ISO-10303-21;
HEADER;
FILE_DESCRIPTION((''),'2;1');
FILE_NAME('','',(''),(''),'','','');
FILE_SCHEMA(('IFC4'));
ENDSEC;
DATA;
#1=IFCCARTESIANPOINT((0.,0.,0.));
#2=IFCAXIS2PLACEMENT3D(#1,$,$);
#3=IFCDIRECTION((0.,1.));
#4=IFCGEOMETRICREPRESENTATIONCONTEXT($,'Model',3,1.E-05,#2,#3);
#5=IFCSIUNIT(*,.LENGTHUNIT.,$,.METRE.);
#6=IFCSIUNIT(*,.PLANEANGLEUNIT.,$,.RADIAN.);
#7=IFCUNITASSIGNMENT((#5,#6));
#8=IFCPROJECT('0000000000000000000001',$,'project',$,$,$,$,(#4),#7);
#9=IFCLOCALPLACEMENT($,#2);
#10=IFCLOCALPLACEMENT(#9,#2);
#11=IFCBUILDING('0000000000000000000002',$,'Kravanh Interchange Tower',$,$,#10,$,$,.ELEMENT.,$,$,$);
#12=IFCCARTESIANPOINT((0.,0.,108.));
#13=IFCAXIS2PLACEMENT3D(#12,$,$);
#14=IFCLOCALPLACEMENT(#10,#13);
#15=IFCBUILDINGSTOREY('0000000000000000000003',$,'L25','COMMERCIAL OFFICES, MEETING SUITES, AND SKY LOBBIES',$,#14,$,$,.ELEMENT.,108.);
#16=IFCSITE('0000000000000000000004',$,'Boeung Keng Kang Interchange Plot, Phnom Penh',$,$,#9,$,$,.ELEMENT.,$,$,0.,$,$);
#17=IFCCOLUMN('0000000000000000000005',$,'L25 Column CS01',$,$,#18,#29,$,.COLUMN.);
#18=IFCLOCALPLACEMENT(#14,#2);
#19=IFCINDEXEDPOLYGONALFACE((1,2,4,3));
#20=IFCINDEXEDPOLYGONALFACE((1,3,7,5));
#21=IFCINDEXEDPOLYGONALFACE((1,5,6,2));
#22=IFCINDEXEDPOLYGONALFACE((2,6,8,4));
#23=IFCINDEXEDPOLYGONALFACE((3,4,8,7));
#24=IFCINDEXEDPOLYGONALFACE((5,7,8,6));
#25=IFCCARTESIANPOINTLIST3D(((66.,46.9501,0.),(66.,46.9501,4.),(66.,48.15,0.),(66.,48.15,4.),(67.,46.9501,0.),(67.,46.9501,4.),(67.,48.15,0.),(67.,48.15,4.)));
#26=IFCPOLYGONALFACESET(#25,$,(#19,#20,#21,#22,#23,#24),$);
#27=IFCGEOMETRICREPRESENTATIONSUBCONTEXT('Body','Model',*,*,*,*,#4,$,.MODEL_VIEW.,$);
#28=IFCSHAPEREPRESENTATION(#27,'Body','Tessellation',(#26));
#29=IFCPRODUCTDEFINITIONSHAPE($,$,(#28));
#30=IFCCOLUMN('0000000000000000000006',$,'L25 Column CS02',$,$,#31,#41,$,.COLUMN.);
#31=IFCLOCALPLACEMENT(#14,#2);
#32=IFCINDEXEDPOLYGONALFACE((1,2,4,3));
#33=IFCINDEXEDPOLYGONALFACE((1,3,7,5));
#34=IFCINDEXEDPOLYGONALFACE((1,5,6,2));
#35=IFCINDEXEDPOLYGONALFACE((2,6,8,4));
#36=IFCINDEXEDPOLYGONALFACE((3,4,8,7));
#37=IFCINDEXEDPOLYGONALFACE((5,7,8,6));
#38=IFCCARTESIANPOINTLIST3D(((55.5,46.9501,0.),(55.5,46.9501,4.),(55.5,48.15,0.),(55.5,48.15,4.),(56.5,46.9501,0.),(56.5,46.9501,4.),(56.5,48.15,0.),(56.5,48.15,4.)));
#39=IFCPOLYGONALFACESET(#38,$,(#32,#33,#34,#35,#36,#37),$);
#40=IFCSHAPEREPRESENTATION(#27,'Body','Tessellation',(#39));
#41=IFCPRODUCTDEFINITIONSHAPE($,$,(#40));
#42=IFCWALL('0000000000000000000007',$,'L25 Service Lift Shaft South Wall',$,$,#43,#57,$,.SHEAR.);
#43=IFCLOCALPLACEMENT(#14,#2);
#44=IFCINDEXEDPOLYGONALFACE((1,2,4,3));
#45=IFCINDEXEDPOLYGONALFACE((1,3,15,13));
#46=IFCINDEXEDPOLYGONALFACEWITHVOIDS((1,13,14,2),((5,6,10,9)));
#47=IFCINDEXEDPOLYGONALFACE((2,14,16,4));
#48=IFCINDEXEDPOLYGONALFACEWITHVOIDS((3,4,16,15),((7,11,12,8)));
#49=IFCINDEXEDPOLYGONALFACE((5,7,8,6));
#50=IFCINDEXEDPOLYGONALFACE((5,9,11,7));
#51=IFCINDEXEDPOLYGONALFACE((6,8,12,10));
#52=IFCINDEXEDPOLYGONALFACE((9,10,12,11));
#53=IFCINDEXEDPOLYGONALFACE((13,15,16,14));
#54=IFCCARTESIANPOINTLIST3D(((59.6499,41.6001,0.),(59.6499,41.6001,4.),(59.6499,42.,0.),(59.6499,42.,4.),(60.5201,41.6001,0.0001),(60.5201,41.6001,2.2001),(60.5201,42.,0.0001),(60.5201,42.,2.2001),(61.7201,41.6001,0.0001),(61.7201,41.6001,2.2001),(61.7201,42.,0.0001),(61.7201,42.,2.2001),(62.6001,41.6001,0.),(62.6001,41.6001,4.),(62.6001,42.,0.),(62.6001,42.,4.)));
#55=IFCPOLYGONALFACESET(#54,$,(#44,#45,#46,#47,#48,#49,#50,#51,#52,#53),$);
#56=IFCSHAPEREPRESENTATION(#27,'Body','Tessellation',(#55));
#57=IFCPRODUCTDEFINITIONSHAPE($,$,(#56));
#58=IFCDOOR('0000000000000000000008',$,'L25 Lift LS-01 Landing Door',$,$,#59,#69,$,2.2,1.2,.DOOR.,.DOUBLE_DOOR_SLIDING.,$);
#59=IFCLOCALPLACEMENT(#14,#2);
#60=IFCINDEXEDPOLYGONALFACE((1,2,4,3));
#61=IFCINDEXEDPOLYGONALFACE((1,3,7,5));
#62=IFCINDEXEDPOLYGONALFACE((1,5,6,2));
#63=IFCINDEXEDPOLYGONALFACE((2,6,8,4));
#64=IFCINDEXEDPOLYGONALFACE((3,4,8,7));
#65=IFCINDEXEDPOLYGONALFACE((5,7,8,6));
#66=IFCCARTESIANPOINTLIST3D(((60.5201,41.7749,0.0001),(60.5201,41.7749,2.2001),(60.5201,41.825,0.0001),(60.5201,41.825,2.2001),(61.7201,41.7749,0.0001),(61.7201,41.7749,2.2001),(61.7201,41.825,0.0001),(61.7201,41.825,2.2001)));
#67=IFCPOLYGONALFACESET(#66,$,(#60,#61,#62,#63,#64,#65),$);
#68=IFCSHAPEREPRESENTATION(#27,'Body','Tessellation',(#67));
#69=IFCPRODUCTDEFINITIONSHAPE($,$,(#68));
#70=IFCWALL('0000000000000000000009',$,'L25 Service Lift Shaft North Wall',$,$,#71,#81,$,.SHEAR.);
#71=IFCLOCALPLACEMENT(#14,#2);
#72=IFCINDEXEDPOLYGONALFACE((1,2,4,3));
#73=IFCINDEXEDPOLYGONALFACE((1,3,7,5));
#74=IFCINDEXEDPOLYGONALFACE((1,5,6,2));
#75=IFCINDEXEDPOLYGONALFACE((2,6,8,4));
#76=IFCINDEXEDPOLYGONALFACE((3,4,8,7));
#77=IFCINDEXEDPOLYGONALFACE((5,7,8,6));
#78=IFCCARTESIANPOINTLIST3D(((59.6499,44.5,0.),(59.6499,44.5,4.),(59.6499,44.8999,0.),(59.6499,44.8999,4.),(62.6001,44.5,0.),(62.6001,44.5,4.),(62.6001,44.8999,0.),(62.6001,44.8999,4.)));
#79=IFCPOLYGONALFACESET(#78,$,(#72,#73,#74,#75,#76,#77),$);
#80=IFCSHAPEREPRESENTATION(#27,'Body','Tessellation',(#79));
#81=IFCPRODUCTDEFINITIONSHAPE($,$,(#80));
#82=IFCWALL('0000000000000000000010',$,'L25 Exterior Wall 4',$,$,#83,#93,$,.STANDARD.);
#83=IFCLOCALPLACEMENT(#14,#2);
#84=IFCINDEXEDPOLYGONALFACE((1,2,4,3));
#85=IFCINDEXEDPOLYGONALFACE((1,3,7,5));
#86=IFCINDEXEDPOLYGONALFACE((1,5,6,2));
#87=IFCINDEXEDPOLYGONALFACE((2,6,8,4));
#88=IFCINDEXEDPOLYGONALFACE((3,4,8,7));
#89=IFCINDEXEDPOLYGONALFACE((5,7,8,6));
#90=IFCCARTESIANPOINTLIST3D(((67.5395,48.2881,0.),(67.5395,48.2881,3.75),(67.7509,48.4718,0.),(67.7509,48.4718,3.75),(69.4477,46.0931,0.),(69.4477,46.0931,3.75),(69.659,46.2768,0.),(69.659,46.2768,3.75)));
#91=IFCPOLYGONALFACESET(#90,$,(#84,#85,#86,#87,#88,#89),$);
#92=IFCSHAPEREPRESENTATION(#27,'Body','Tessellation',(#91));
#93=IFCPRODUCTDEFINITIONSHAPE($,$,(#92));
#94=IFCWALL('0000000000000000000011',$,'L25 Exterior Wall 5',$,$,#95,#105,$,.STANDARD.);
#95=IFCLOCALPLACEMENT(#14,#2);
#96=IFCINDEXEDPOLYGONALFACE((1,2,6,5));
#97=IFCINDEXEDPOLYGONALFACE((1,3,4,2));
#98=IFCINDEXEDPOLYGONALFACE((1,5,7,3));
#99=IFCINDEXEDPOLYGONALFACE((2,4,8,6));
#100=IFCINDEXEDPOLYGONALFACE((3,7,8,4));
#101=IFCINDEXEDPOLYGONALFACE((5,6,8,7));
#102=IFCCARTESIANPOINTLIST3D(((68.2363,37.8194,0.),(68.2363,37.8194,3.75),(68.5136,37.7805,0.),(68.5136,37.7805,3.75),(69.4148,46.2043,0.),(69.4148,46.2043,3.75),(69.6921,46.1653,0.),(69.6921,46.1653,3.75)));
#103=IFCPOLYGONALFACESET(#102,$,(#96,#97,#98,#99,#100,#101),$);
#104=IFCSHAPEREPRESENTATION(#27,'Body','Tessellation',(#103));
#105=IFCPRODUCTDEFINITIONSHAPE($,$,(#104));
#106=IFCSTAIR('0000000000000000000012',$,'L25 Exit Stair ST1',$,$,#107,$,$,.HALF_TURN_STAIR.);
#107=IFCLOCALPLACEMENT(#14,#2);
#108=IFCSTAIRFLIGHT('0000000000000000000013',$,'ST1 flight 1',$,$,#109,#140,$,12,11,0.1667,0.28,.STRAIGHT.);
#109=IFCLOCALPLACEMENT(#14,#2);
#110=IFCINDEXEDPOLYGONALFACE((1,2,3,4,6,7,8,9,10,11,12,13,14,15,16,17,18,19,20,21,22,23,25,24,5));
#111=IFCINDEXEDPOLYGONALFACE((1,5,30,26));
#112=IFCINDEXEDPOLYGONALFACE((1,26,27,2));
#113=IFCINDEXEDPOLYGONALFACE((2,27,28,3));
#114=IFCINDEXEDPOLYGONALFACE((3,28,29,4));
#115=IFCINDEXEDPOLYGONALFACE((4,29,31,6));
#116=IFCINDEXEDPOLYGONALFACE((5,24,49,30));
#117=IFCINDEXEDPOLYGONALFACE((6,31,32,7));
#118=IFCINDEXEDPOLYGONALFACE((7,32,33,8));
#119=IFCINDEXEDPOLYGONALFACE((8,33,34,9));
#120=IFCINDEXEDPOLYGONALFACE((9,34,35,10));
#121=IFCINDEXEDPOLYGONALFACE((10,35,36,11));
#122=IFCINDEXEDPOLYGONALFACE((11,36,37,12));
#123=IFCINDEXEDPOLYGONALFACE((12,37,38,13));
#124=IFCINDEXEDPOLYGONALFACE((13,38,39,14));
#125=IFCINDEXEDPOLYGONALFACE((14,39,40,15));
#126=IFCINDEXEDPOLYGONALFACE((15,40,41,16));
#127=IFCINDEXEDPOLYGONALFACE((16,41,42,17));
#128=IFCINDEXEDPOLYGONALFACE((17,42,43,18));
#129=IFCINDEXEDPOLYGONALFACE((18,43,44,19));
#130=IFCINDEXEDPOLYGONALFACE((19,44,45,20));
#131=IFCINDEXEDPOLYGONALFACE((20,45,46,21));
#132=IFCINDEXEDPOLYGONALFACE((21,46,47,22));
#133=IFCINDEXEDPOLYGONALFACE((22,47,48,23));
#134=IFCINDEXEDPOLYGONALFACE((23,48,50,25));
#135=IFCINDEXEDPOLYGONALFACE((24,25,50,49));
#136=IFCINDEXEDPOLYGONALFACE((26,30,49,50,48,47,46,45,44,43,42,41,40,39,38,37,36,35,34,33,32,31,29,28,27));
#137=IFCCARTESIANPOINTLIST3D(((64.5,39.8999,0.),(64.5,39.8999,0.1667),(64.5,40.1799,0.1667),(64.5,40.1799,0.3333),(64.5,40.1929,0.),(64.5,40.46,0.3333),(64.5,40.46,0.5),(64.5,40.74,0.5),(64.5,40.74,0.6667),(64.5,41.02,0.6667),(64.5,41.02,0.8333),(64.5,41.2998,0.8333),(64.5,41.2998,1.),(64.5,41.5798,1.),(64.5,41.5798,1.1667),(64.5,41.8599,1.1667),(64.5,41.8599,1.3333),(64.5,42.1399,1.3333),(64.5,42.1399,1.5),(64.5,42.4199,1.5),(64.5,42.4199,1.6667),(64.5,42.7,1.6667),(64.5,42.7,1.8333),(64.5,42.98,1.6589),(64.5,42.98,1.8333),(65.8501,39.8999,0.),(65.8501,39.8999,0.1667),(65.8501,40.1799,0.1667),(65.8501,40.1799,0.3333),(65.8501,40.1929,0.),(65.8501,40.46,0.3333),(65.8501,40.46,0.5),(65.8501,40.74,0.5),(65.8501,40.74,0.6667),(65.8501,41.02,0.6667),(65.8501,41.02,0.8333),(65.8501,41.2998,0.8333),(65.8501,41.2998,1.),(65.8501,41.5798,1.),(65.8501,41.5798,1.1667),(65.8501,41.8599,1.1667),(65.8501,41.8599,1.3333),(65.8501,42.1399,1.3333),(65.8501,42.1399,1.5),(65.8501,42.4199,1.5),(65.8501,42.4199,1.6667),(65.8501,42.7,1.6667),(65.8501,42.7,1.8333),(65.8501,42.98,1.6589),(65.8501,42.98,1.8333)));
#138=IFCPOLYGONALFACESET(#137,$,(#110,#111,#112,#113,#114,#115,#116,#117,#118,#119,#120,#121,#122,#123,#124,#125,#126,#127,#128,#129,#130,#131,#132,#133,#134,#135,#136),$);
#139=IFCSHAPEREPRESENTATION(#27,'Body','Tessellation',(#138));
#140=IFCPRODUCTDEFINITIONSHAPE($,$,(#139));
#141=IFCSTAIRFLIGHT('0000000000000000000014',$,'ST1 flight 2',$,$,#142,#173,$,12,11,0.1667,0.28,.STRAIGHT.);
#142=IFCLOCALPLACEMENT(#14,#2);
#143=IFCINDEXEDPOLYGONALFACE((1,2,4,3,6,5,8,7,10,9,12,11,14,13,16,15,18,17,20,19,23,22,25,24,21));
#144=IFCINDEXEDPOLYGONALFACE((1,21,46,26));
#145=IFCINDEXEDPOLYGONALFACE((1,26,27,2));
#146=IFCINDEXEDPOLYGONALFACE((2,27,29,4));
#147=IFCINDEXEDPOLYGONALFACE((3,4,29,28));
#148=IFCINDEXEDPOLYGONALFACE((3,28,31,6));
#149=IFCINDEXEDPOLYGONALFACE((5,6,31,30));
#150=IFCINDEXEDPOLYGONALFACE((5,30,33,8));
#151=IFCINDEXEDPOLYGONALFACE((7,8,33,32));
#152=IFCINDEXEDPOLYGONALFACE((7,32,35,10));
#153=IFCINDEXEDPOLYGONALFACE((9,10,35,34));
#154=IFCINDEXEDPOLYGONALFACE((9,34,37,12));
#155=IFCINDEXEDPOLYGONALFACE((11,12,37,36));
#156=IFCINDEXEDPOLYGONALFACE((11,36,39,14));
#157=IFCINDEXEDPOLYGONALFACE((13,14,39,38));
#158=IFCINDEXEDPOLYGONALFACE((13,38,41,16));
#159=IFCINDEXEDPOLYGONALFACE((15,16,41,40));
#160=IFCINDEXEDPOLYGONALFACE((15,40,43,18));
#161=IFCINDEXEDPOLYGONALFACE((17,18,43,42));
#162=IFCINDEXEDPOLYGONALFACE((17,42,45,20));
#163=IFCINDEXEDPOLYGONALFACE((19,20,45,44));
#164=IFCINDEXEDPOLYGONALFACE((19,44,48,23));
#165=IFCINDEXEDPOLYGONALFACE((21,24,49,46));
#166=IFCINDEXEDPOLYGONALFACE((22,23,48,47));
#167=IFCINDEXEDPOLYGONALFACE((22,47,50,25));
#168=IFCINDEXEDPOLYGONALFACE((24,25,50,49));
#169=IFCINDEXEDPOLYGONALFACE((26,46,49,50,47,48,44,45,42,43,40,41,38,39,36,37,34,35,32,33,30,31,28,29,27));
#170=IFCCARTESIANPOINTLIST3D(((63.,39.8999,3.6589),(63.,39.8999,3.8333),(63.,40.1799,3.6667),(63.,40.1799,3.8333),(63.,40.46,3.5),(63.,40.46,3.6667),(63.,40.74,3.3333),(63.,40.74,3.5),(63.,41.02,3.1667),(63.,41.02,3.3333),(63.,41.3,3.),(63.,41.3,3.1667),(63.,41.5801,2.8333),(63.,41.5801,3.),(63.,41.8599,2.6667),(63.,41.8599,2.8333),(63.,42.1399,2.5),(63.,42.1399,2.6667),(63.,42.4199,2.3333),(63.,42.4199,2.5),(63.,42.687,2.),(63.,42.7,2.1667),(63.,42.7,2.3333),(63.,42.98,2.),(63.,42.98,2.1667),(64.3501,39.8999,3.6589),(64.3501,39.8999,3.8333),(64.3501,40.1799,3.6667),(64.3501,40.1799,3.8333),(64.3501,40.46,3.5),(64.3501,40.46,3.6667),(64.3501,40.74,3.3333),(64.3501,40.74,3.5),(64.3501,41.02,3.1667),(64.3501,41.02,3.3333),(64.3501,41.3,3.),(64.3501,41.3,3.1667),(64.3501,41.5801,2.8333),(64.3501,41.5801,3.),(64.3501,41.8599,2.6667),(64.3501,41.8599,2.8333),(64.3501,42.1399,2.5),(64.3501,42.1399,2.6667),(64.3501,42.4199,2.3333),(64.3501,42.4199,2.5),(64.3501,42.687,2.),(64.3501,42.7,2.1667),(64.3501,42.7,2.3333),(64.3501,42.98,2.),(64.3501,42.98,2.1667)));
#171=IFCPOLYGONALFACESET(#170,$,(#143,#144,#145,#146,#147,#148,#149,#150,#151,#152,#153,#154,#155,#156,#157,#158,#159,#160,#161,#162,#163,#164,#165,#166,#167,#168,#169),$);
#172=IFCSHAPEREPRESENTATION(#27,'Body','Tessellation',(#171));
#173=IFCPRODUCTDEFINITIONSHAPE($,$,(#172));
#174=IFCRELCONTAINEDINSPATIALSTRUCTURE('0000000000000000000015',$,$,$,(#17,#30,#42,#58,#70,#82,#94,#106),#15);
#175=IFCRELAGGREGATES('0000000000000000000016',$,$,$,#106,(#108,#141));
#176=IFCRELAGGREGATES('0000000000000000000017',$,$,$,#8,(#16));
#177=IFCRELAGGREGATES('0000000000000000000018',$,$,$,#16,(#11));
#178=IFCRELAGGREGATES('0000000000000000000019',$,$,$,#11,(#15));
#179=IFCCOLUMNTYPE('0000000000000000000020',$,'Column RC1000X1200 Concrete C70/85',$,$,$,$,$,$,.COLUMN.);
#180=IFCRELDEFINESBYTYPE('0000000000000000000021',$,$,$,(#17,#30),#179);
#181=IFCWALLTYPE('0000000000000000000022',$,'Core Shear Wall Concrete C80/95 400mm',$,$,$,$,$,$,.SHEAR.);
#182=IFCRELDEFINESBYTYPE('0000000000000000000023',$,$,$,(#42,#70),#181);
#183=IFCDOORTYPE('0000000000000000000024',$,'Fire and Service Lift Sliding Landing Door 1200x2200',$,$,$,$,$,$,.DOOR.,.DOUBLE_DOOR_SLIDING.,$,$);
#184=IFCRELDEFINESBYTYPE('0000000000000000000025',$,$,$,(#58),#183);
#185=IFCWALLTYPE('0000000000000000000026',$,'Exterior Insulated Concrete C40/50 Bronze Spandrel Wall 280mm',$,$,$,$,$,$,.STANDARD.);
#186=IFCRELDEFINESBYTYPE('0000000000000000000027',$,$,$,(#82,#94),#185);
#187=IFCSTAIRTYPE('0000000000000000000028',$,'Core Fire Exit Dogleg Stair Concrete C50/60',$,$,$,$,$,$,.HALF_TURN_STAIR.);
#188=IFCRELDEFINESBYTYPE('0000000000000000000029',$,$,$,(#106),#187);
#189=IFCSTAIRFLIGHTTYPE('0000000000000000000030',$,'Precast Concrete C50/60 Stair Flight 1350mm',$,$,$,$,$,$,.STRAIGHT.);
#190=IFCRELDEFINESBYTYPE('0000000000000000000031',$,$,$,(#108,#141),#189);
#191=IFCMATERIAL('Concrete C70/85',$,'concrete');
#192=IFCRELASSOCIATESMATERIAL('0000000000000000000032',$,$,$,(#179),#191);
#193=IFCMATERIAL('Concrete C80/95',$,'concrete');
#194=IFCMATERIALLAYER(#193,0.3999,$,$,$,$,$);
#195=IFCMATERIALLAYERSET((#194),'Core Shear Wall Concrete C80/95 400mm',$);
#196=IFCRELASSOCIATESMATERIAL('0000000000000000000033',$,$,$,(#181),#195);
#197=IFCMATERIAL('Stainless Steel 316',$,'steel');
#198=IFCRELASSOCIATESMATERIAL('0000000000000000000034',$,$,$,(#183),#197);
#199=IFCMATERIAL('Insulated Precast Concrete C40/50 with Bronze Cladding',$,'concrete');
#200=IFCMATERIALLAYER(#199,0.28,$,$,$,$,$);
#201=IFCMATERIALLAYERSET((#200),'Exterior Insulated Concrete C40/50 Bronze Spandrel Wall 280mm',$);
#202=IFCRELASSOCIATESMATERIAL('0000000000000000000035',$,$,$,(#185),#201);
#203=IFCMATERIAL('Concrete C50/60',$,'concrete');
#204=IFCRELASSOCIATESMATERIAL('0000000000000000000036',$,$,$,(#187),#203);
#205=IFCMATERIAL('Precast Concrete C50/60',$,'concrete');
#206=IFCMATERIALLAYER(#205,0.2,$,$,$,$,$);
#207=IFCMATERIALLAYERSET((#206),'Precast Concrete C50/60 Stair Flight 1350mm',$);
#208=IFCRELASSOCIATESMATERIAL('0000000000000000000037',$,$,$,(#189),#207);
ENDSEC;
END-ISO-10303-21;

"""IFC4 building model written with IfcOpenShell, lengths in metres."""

from ifc_helpers import new_model, si_unit, direction, frame, frame_2d, origin, origin_2d, place, context, subcontext, project, spatial, polyline, rectangle, outline, extrude, material, layer, layer_set, material_profile, profile_set, type_object, element, fill, aggregate, save


model = new_model("IFC4")

# Units and contexts
model_context = context("Model", 3, precision=1e-05, world=origin(), true_north=direction((0.0, 1.0)))
body_context = subcontext(model_context, "Body", "Model", "MODEL_VIEW")
ifc_project = project(units=[si_unit("LENGTHUNIT", "METRE"), si_unit("PLANEANGLEUNIT", "RADIAN")], contexts=[model_context])

# Site, building, storey
site_placement = place(None, origin())
site = spatial("IfcSite", under=ifc_project, at=site_placement, Name="Boeung Keng Kang Interchange Plot, Phnom Penh", CompositionType="ELEMENT", RefElevation=0.0)
building_placement = place(site_placement, origin())
building = spatial("IfcBuilding", under=site, at=building_placement, Name="Kravanh Interchange Tower", CompositionType="ELEMENT")
storey_placement = place(building_placement, frame((0.0, 0.0, 108.0)))
storey = spatial("IfcBuildingStorey", under=building, at=storey_placement, Name="L25", Description="COMMERCIAL OFFICES, MEETING SUITES, AND SKY LOBBIES", CompositionType="ELEMENT", Elevation=108.0)

# Columns
ifc_material_1 = material(Name="Concrete C70/85", Category="concrete")
ifc_material_profile = material_profile(ifc_material_1, rectangle(XDim=1.0, YDim=1.2, at=origin_2d()), Name="RC1000X1200")
ifc_profile_set = profile_set([ifc_material_profile], Name="Concrete C70/85")
column_type = type_object("IfcColumnType", Name="Column RC1000X1200 Concrete C70/85", PredefinedType="COLUMN", material=ifc_profile_set)
for number, where, z_axis, x_axis, name in (
    (1, (66.5, 47.55, 0.0), (0.0, 0.0, 1.0), (1.0, 0.0, 0.0), "L25 Column CS01"),
    (2, (56.0, 47.55, 0.0), (0.0, 0.0, 1.0), (1.0, 0.0, 0.0), "L25 Column CS02"),
):
    element("IfcColumn", number, at=place(storey_placement, frame(where, z_axis=z_axis, x_axis=x_axis)), inside=storey, type_object=column_type, Name=name, PredefinedType="COLUMN", context=body_context, shape_type="SweptSolid", body=[
        extrude(rectangle(XDim=1.0, YDim=1.2, at=origin_2d()), origin(), (0.0, 0.0, 1.0), 4.0),
    ])

# Wall, opening, door
ifc_material_2 = material(Name="Concrete C80/95", Category="concrete")
ifc_layer_1 = layer(ifc_material_2, 0.3999)
ifc_layer_set_1 = layer_set([ifc_layer_1], Name="Core Shear Wall Concrete C80/95 400mm")
wall_type_1 = type_object("IfcWallType", Name="Core Shear Wall Concrete C80/95 400mm", PredefinedType="SHEAR", material=ifc_layer_set_1)
wall_1_placement = place(storey_placement, frame((59.6499, 41.8, 0.0), z_axis=(0.0, 0.0, 1.0), x_axis=(1.0, 0.0, 0.0)))
wall_1 = element("IfcWall", 3, at=wall_1_placement, inside=storey, type_object=wall_type_1, Name="L25 Service Lift Shaft South Wall", PredefinedType="SHEAR", context=body_context, shape_type="SweptSolid", body=[
    extrude(rectangle(XDim=2.9502, YDim=0.3999, at=frame_2d((1.4751, 0.0))), origin(), (0.0, 0.0, 1.0), 4.0),
])
opening_placement = place(wall_1_placement, frame((0.8701, 0.0, 0.0)))
opening = element("IfcOpeningElement", 4, at=opening_placement, cuts=wall_1, PredefinedType="OPENING", context=body_context, shape_type="SweptSolid", body=[
    extrude(rectangle(XDim=1.2, YDim=2.2, at=frame_2d((0.6001, 1.1001))), frame((0.0, 0.21, 0.0), z_axis=(0.0, -1.0, 0.0), x_axis=(1.0, 0.0, 0.0)), (0.0, 0.0, 1.0), 0.4199),
])
ifc_material_3 = material(Name="Stainless Steel 316", Category="steel")
door_type = type_object("IfcDoorType", Name="Fire and Service Lift Sliding Landing Door 1200x2200", OperationType="DOUBLE_DOOR_SLIDING", PredefinedType="DOOR", material=ifc_material_3)
door_placement = place(opening_placement, origin())
door = element("IfcDoor", 5, at=door_placement, inside=storey, type_object=door_type, Name="L25 Lift LS-01 Landing Door", OperationType="DOUBLE_DOOR_SLIDING", OverallHeight=2.2, OverallWidth=1.2, PredefinedType="DOOR", context=body_context, shape_type="SweptSolid", body=[
    extrude(rectangle(XDim=1.2, YDim=2.2, at=frame_2d((0.6001, 1.1001))), frame((0.0, 0.0249, 0.0), z_axis=(0.0, -1.0, 0.0), x_axis=(1.0, 0.0, 0.0)), (0.0, 0.0, 1.0), 0.05),
])
fill(opening, door)

# Walls
wall_2_placement = place(storey_placement, frame((59.6499, 44.7, 0.0), z_axis=(0.0, 0.0, 1.0), x_axis=(1.0, 0.0, 0.0)))
element("IfcWall", 6, at=wall_2_placement, inside=storey, type_object=wall_type_1, Name="L25 Service Lift Shaft North Wall", PredefinedType="SHEAR", context=body_context, shape_type="SweptSolid", body=[
    extrude(rectangle(XDim=2.9502, YDim=0.3999, at=frame_2d((1.4751, 0.0))), origin(), (0.0, 0.0, 1.0), 4.0),
])
ifc_material_4 = material(Name="Insulated Precast Concrete C40/50 with Bronze Cladding", Category="concrete")
ifc_layer_2 = layer(ifc_material_4, 0.28)
ifc_layer_set_2 = layer_set([ifc_layer_2], Name="Exterior Insulated Concrete C40/50 Bronze Spandrel Wall 280mm")
wall_type_2 = type_object("IfcWallType", Name="Exterior Insulated Concrete C40/50 Bronze Spandrel Wall 280mm", PredefinedType="STANDARD", material=ifc_layer_set_2)
wall_3_placement = place(storey_placement, frame((67.6453, 48.3799, 0.0), z_axis=(0.0, 0.0, 1.0), x_axis=(0.656071, -0.754699, 0.0)))
element("IfcWall", 7, at=wall_3_placement, inside=storey, type_object=wall_type_2, Name="L25 Exterior Wall 4", PredefinedType="STANDARD", context=body_context, shape_type="SweptSolid", body=[
    extrude(rectangle(XDim=2.9084, YDim=0.28, at=frame_2d((1.4541, 0.0))), origin(), (0.0, 0.0, 1.0), 3.75),
])
wall_4_placement = place(storey_placement, frame((69.5535, 46.1848, 0.0), z_axis=(0.0, 0.0, 1.0), x_axis=(-0.139181, -0.990267, 0.0)))
element("IfcWall", 8, at=wall_4_placement, inside=storey, type_object=wall_type_2, Name="L25 Exterior Wall 5", PredefinedType="STANDARD", context=body_context, shape_type="SweptSolid", body=[
    extrude(rectangle(XDim=8.4673, YDim=0.28, at=frame_2d((4.2336, 0.0))), origin(), (0.0, 0.0, 1.0), 3.75),
])

# Stair, stair flights
ifc_material_5 = material(Name="Concrete C50/60", Category="concrete")
stair_type = type_object("IfcStairType", Name="Core Fire Exit Dogleg Stair Concrete C50/60", PredefinedType="HALF_TURN_STAIR", material=ifc_material_5)
stair_1_placement = place(storey_placement, origin())
stair_1 = element("IfcStair", 9, at=stair_1_placement, inside=storey, type_object=stair_type, Name="L25 Exit Stair ST1", PredefinedType="HALF_TURN_STAIR")
ifc_material_6 = material(Name="Precast Concrete C50/60", Category="concrete")
ifc_layer_3 = layer(ifc_material_6, 0.2)
ifc_layer_set_3 = layer_set([ifc_layer_3], Name="Precast Concrete C50/60 Stair Flight 1350mm")
stair_flight_type = type_object("IfcStairFlightType", Name="Precast Concrete C50/60 Stair Flight 1350mm", PredefinedType="STRAIGHT", material=ifc_layer_set_3)
stair_flight_1_placement = place(storey_placement, frame((65.175, 39.8999, 0.0), z_axis=(0.0, 0.0, 1.0), x_axis=(0.0, 1.0, 0.0)))
stair_flight_1 = element("IfcStairFlight", 10, at=stair_flight_1_placement, type_object=stair_flight_type, Name="ST1 flight 1", NumberOfRisers=12, NumberOfTreads=11, PredefinedType="STRAIGHT", RiserHeight=0.1667, TreadLength=0.28, context=body_context, shape_type="SweptSolid", body=[
    extrude(outline(polyline([(0.0, 0.0), (0.0, 0.1667), (0.28, 0.1667), (0.28, 0.3333), (0.5601, 0.3333), (0.5601, 0.5), (0.8401, 0.5), (0.8401, 0.6667), (1.1201, 0.6667), (1.1201, 0.8333), (1.3999, 0.8333), (1.3999, 1.0), (1.6799, 1.0), (1.6799, 1.1667), (1.96, 1.1667), (1.96, 1.3333), (2.24, 1.3333), (2.24, 1.5), (2.52, 1.5), (2.52, 1.6667), (2.8, 1.6667), (2.8, 1.8333), (3.0801, 1.8333), (3.0801, 2.0), (3.0801, 1.6589), (0.293, 0.0), (0.0, 0.0)])), frame((0.0, 0.675, 0.0), z_axis=(0.0, -1.0, 0.0), x_axis=(1.0, 0.0, 0.0)), (0.0, 0.0, 1.0), 1.3501),
])
stair_flight_2_placement = place(storey_placement, frame((63.675, 42.98, 2.0), z_axis=(0.0, 0.0, 1.0), x_axis=(0.0, -1.0, 0.0)))
stair_flight_2 = element("IfcStairFlight", 11, at=stair_flight_2_placement, type_object=stair_flight_type, Name="ST1 flight 2", NumberOfRisers=12, NumberOfTreads=11, PredefinedType="STRAIGHT", RiserHeight=0.1667, TreadLength=0.28, context=body_context, shape_type="SweptSolid", body=[
    extrude(outline(polyline([(0.0, 0.0), (0.0, 0.1667), (0.28, 0.1667), (0.28, 0.3333), (0.5601, 0.3333), (0.5601, 0.5), (0.8401, 0.5), (0.8401, 0.6667), (1.1201, 0.6667), (1.1201, 0.8333), (1.3999, 0.8333), (1.3999, 1.0), (1.6799, 1.0), (1.6799, 1.1667), (1.96, 1.1667), (1.96, 1.3333), (2.24, 1.3333), (2.24, 1.5), (2.52, 1.5), (2.52, 1.6667), (2.8, 1.6667), (2.8, 1.8333), (3.0801, 1.8333), (3.0801, 2.0), (3.0801, 1.6589), (0.293, 0.0), (0.0, 0.0)])), frame((0.0, 0.675, 0.0), z_axis=(0.0, -1.0, 0.0), x_axis=(1.0, 0.0, 0.0)), (0.0, 0.0, 1.0), 1.3501),
])
aggregate(stair_1, [stair_flight_1, stair_flight_2])

save(model, "model.ifc")
